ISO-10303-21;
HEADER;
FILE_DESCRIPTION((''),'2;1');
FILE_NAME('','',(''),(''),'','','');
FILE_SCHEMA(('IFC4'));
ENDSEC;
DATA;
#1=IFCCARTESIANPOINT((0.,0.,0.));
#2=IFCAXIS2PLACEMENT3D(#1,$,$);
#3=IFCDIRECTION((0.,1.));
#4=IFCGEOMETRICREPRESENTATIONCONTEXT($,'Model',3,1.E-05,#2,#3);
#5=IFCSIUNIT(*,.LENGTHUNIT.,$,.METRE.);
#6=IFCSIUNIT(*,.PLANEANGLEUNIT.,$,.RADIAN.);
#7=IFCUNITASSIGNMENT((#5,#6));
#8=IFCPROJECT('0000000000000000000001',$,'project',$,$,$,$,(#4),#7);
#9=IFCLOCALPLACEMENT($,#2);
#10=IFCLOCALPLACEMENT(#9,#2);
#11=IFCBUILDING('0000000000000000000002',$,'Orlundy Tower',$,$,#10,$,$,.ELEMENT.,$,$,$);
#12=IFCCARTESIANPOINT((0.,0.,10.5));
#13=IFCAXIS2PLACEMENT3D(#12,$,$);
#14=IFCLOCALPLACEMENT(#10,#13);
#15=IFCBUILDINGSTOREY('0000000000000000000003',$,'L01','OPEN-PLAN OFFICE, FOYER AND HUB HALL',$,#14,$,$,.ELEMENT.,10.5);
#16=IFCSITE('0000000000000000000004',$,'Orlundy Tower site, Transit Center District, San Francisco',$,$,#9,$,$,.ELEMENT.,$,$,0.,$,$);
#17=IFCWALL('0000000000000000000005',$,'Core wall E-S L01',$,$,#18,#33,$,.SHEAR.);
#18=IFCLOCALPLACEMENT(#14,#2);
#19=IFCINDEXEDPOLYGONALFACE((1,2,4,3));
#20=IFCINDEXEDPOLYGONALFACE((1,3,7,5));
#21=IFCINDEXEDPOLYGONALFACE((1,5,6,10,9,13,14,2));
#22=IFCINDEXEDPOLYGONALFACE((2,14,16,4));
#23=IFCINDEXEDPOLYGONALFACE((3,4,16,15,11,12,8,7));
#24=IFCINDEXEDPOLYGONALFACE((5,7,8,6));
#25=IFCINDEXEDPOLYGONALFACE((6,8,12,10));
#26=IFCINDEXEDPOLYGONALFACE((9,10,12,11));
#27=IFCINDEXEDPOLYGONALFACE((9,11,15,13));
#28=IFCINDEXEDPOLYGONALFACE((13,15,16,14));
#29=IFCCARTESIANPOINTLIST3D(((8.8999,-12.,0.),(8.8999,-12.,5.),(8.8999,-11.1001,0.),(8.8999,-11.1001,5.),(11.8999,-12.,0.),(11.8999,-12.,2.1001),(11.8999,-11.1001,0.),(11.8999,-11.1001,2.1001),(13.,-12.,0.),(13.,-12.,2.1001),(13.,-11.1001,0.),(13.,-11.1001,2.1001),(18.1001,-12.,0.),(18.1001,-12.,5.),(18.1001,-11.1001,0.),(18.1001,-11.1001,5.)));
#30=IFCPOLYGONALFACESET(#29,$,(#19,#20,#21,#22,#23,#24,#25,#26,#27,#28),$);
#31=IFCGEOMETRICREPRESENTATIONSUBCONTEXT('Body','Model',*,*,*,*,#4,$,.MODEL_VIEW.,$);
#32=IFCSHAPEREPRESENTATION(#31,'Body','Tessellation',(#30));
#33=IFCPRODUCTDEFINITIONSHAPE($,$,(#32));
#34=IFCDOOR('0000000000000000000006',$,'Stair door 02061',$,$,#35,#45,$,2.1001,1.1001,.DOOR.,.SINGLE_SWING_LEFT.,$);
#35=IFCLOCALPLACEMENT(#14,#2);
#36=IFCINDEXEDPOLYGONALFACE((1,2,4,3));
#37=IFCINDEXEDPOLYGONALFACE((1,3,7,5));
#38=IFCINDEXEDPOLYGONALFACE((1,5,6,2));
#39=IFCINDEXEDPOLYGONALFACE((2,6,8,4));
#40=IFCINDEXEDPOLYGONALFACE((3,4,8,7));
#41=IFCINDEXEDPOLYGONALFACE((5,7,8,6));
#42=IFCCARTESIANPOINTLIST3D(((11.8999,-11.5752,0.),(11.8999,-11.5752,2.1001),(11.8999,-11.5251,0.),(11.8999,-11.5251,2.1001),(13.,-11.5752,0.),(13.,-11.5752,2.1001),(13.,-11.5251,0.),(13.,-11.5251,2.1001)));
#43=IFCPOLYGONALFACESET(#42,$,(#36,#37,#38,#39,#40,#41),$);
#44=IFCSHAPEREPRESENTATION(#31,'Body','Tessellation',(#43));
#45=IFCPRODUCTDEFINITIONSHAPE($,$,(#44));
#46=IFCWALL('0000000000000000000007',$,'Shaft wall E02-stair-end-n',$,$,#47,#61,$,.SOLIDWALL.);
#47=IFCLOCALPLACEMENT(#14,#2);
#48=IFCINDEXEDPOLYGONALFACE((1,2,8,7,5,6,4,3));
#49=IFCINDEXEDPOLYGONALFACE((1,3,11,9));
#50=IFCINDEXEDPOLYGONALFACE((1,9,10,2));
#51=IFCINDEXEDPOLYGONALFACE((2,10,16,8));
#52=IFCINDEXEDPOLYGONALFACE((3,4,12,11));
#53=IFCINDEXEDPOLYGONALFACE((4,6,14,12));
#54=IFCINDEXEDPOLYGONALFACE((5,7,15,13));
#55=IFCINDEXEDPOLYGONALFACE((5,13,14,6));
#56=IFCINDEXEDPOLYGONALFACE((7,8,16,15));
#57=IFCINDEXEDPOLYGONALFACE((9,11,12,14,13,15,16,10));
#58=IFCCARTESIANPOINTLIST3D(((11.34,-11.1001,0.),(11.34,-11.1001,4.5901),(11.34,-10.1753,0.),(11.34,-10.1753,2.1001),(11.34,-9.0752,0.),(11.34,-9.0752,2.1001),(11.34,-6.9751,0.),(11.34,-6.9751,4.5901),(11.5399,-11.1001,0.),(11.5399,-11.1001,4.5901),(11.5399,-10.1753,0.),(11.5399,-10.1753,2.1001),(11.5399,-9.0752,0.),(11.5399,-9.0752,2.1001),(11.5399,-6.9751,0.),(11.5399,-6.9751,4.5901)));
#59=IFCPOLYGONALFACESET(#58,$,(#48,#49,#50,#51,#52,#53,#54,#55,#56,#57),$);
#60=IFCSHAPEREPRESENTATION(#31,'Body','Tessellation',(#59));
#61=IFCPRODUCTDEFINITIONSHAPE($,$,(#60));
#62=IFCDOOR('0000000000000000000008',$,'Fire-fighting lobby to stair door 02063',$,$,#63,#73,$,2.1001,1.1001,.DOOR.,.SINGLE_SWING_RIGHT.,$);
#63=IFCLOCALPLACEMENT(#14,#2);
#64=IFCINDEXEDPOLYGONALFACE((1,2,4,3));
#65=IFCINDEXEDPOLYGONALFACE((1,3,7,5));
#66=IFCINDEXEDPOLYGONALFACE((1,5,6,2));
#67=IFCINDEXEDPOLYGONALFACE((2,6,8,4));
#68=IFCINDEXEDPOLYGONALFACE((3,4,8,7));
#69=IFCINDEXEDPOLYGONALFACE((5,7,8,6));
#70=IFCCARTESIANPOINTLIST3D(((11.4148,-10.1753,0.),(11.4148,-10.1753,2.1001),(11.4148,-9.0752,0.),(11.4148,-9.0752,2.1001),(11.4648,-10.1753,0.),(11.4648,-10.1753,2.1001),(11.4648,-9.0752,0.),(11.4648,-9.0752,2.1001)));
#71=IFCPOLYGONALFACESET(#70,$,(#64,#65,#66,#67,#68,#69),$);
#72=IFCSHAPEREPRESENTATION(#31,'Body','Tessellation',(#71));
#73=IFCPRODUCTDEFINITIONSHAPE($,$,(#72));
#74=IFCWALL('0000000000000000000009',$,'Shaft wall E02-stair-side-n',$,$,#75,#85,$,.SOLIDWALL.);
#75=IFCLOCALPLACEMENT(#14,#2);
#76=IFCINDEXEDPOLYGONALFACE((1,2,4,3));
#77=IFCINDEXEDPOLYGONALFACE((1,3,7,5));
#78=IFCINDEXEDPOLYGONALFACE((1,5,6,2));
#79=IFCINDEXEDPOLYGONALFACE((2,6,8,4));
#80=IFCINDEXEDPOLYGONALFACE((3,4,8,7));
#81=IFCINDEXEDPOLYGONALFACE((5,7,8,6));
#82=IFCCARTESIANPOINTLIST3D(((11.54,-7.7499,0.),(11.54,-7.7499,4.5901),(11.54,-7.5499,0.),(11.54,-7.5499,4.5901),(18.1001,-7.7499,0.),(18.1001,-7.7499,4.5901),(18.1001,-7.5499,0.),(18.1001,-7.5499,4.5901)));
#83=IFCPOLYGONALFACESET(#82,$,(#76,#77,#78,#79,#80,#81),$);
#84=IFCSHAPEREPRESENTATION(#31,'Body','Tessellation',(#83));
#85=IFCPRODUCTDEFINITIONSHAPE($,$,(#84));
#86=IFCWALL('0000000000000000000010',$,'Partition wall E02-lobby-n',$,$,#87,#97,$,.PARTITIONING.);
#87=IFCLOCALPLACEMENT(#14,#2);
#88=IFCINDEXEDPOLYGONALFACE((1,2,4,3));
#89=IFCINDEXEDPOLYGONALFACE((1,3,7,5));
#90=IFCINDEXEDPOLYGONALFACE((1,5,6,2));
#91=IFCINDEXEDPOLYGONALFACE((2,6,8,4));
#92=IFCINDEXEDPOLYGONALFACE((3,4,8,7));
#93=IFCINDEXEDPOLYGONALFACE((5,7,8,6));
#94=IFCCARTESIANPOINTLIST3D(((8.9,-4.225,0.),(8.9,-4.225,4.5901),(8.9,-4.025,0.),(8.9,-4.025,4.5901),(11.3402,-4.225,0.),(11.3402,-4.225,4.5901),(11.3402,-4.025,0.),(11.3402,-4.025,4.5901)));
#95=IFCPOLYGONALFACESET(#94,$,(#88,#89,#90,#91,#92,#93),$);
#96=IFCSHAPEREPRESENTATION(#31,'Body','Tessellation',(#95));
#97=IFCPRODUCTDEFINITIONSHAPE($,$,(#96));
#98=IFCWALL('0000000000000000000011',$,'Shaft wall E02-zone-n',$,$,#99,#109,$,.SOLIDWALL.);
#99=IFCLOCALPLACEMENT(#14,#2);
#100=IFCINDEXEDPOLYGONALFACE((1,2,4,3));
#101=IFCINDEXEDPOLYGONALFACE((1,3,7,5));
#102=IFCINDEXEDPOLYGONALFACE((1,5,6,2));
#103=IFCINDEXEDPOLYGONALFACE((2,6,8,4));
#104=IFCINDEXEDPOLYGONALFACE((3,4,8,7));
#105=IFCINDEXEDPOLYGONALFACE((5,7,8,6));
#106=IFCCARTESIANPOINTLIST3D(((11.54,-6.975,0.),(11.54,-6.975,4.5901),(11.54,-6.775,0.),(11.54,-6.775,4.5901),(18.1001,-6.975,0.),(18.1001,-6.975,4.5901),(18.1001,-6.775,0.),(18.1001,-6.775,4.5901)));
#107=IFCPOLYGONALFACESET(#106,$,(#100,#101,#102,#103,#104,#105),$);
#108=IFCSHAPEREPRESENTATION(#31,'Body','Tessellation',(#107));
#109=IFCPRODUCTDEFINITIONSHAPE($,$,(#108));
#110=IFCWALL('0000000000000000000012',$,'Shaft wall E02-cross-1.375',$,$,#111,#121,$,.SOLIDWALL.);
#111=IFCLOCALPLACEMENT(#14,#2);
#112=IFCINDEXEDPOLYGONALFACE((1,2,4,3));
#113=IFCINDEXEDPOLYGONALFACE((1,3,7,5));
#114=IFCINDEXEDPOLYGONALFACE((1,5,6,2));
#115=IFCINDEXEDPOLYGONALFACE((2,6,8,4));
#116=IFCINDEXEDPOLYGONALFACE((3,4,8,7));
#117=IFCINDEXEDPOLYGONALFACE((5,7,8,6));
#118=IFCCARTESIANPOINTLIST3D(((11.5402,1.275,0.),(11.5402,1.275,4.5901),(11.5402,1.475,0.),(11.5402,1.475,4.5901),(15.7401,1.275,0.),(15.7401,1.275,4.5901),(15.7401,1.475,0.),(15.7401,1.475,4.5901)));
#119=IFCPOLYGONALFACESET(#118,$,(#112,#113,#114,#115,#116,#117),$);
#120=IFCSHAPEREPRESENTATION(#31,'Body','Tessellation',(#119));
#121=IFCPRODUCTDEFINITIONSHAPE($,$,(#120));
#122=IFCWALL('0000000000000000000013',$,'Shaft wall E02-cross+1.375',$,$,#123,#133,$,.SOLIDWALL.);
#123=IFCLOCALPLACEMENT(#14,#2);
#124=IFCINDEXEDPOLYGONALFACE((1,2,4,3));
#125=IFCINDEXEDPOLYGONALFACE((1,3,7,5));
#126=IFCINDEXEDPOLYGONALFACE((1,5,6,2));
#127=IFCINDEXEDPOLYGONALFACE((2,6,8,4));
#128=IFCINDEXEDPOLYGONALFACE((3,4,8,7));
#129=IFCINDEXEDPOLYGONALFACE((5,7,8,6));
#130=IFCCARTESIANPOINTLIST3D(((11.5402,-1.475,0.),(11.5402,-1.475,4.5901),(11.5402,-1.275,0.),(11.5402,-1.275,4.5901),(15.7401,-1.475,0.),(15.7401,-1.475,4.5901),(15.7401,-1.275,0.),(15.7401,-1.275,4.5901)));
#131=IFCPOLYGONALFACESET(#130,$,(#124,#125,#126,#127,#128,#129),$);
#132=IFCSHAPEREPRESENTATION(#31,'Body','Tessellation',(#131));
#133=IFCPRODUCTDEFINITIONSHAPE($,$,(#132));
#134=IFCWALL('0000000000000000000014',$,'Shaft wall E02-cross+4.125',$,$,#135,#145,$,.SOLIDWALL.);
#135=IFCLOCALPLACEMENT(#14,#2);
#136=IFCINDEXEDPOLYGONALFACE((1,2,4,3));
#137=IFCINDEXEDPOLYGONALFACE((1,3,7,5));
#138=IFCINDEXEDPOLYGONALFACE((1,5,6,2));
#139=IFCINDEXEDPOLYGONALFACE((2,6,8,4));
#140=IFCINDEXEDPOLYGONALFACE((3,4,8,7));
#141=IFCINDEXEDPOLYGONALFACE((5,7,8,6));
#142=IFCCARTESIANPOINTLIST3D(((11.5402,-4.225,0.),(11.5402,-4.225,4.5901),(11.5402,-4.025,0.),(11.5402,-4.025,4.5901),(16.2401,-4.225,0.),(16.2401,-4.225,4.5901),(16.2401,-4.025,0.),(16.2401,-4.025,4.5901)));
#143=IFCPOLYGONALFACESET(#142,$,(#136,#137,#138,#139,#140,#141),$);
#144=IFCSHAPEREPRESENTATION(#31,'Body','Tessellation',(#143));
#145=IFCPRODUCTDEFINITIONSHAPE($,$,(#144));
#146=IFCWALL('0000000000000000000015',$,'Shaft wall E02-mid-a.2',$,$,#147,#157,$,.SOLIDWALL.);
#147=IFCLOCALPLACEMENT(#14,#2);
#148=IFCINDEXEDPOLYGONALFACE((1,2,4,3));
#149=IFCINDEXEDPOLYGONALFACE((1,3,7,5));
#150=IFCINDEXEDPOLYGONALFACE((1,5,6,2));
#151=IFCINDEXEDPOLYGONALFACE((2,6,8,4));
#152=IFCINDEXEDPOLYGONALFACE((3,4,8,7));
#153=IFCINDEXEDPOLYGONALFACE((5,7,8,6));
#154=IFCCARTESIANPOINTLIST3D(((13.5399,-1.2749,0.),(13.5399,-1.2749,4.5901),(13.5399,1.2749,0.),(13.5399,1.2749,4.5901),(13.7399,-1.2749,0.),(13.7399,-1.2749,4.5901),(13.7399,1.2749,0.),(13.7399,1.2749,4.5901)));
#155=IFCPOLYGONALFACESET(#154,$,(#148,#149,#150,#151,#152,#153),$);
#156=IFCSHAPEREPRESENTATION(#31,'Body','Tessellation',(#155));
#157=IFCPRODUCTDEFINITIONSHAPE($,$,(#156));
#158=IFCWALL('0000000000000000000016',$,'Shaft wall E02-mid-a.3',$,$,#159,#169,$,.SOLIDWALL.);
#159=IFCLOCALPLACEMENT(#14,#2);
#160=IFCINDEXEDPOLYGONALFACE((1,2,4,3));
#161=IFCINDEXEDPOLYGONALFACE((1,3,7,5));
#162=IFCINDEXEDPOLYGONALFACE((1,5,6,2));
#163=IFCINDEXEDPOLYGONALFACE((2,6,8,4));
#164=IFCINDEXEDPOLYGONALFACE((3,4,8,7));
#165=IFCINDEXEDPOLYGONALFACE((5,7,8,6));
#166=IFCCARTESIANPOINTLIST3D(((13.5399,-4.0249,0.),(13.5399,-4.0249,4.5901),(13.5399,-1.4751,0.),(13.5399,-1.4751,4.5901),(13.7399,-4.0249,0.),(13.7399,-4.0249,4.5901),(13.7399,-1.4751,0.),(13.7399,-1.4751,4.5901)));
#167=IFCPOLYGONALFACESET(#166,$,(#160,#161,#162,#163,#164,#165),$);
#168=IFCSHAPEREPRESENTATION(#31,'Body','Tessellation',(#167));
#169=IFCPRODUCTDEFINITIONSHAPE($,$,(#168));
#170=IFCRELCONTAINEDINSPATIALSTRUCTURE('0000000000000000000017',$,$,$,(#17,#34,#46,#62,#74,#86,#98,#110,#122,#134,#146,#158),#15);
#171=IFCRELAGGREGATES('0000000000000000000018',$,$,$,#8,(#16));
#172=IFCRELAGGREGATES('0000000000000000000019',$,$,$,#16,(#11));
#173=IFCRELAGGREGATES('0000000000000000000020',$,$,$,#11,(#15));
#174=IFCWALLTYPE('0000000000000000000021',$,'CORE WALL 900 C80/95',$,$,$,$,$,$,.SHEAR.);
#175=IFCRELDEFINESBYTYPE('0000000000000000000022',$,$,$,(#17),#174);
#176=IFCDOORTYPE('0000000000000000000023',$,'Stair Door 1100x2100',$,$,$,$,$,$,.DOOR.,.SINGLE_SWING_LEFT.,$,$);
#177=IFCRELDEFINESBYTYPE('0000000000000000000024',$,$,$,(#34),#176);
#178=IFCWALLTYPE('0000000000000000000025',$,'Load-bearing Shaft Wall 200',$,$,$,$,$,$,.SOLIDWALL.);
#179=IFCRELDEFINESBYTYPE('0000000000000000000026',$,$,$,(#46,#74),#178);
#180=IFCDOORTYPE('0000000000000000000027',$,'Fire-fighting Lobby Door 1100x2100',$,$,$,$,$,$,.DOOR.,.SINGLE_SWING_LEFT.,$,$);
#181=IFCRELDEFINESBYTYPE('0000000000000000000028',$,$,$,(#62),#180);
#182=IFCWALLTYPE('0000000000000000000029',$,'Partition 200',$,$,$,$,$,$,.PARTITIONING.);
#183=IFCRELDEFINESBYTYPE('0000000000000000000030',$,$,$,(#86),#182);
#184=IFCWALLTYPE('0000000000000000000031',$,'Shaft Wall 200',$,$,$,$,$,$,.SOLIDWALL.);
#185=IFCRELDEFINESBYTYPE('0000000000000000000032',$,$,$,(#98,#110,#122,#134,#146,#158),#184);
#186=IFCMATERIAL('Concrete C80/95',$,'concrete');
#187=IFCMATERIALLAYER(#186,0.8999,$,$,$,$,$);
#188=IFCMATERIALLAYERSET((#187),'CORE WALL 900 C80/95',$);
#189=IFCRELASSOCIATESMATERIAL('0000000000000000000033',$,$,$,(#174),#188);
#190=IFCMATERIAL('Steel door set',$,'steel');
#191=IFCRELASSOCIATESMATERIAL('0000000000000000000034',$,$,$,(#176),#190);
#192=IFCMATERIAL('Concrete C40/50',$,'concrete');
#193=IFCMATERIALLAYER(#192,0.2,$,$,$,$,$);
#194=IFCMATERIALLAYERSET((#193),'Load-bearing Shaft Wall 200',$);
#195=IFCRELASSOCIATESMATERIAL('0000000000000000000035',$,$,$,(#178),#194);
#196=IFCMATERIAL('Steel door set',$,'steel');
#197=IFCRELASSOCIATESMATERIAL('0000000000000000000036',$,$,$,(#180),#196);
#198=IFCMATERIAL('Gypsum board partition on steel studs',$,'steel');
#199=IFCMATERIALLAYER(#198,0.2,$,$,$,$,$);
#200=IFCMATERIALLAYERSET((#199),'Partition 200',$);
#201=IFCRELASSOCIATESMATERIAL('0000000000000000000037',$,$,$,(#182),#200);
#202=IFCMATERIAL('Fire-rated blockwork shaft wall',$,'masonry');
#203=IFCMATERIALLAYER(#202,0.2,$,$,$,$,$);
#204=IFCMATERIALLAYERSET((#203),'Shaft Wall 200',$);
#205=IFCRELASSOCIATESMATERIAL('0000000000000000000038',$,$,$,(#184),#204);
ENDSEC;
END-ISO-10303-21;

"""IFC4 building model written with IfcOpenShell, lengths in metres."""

from ifc_helpers import new_model, si_unit, direction, frame, frame_2d, origin, place, context, subcontext, project, spatial, rectangle, extrude, material, layer, layer_set, type_object, element, fill, save


model = new_model("IFC4")

# Units and contexts
model_context = context("Model", 3, precision=1e-05, world=origin(), true_north=direction((0.0, 1.0)))
body_context = subcontext(model_context, "Body", "Model", "MODEL_VIEW")
ifc_project = project(units=[si_unit("LENGTHUNIT", "METRE"), si_unit("PLANEANGLEUNIT", "RADIAN")], contexts=[model_context])

# Site, building, storey
site_placement = place(None, origin())
site = spatial("IfcSite", under=ifc_project, at=site_placement, Name="Orlundy Tower site, Transit Center District, San Francisco", CompositionType="ELEMENT", RefElevation=0.0)
building_placement = place(site_placement, origin())
building = spatial("IfcBuilding", under=site, at=building_placement, Name="Orlundy Tower", CompositionType="ELEMENT")
storey_placement = place(building_placement, frame((0.0, 0.0, 10.5)))
storey = spatial("IfcBuildingStorey", under=building, at=storey_placement, Name="L01", Description="OPEN-PLAN OFFICE, FOYER AND HUB HALL", CompositionType="ELEMENT", Elevation=10.5)

# Walls, openings, doors
ifc_material_1 = material(Name="Concrete C80/95", Category="concrete")
ifc_layer_1 = layer(ifc_material_1, 0.8999)
ifc_layer_set_1 = layer_set([ifc_layer_1], Name="CORE WALL 900 C80/95")
wall_type_1 = type_object("IfcWallType", Name="CORE WALL 900 C80/95", PredefinedType="SHEAR", material=ifc_layer_set_1)
wall_1_placement = place(storey_placement, frame((8.8999, -11.55, 0.0), z_axis=(0.0, 0.0, 1.0), x_axis=(1.0, 0.0, 0.0)))
wall_1 = element("IfcWall", 1, at=wall_1_placement, inside=storey, type_object=wall_type_1, Name="Core wall E-S L01", PredefinedType="SHEAR", context=body_context, shape_type="SweptSolid", body=[
    extrude(rectangle(XDim=9.2002, YDim=0.8999, at=frame_2d((4.6001, 0.0))), origin(), (0.0, 0.0, 1.0), 5.0),
])
opening_1_placement = place(wall_1_placement, frame((3.0, 0.0, 0.0)))
opening_1 = element("IfcOpeningElement", 2, at=opening_1_placement, cuts=wall_1, PredefinedType="OPENING", context=body_context, shape_type="SweptSolid", body=[
    extrude(rectangle(XDim=1.1001, YDim=2.1001, at=frame_2d((0.55, 1.05))), frame((0.0, 0.46, 0.0), z_axis=(0.0, -1.0, 0.0), x_axis=(1.0, 0.0, 0.0)), (0.0, 0.0, 1.0), 0.9199),
])
ifc_material_2 = material(Name="Steel door set", Category="steel")
door_type_1 = type_object("IfcDoorType", Name="Stair Door 1100x2100", OperationType="SINGLE_SWING_LEFT", PredefinedType="DOOR", material=ifc_material_2)
door_1_placement = place(opening_1_placement, origin())
door_1 = element("IfcDoor", 3, at=door_1_placement, inside=storey, type_object=door_type_1, Name="Stair door 02061", OperationType="SINGLE_SWING_LEFT", OverallHeight=2.1001, OverallWidth=1.1001, PredefinedType="DOOR", context=body_context, shape_type="SweptSolid", body=[
    extrude(rectangle(XDim=1.1001, YDim=2.1001, at=frame_2d((0.55, 1.05))), frame((0.0, 0.0249, 0.0), z_axis=(0.0, -1.0, 0.0), x_axis=(1.0, 0.0, 0.0)), (0.0, 0.0, 1.0), 0.05),
])
fill(opening_1, door_1)
ifc_material_3 = material(Name="Concrete C40/50", Category="concrete")
ifc_layer_2 = layer(ifc_material_3, 0.2)
ifc_layer_set_2 = layer_set([ifc_layer_2], Name="Load-bearing Shaft Wall 200")
wall_type_2 = type_object("IfcWallType", Name="Load-bearing Shaft Wall 200", PredefinedType="SOLIDWALL", material=ifc_layer_set_2)
wall_2_placement = place(storey_placement, frame((11.4399, -6.9751, 0.0), z_axis=(0.0, 0.0, 1.0), x_axis=(0.0, -1.0, 0.0)))
wall_2 = element("IfcWall", 4, at=wall_2_placement, inside=storey, type_object=wall_type_2, Name="Shaft wall E02-stair-end-n", PredefinedType="SOLIDWALL", context=body_context, shape_type="SweptSolid", body=[
    extrude(rectangle(XDim=4.125, YDim=0.2, at=frame_2d((2.0625, 0.0))), origin(), (0.0, 0.0, 1.0), 4.5901),
])
opening_2_placement = place(wall_2_placement, frame((2.1001, 0.0, 0.0)))
opening_2 = element("IfcOpeningElement", 5, at=opening_2_placement, cuts=wall_2, PredefinedType="OPENING", context=body_context, shape_type="SweptSolid", body=[
    extrude(rectangle(XDim=1.1001, YDim=2.1001, at=frame_2d((0.55, 1.05))), frame((0.0, 0.1101, 0.0), z_axis=(0.0, -1.0, 0.0), x_axis=(1.0, 0.0, 0.0)), (0.0, 0.0, 1.0), 0.2202),
])
ifc_material_4 = material(Name="Steel door set", Category="steel")
door_type_2 = type_object("IfcDoorType", Name="Fire-fighting Lobby Door 1100x2100", OperationType="SINGLE_SWING_LEFT", PredefinedType="DOOR", material=ifc_material_4)
door_2_placement = place(opening_2_placement, origin())
door_2 = element("IfcDoor", 6, at=door_2_placement, inside=storey, type_object=door_type_2, Name="Fire-fighting lobby to stair door 02063", OperationType="SINGLE_SWING_RIGHT", OverallHeight=2.1001, OverallWidth=1.1001, PredefinedType="DOOR", context=body_context, shape_type="SweptSolid", body=[
    extrude(rectangle(XDim=1.1001, YDim=2.1001, at=frame_2d((0.55, 1.05))), frame((0.0, 0.0249, 0.0), z_axis=(0.0, -1.0, 0.0), x_axis=(1.0, 0.0, 0.0)), (0.0, 0.0, 1.0), 0.05),
])
fill(opening_2, door_2)

# Walls
wall_3_placement = place(storey_placement, frame((11.54, -7.6499, 0.0), z_axis=(0.0, 0.0, 1.0), x_axis=(1.0, 0.0, 0.0)))
element("IfcWall", 7, at=wall_3_placement, inside=storey, type_object=wall_type_2, Name="Shaft wall E02-stair-side-n", PredefinedType="SOLIDWALL", context=body_context, shape_type="SweptSolid", body=[
    extrude(rectangle(XDim=6.5601, YDim=0.2, at=frame_2d((3.28, 0.0))), origin(), (0.0, 0.0, 1.0), 4.5901),
])
ifc_material_5 = material(Name="Gypsum board partition on steel studs", Category="steel")
ifc_layer_3 = layer(ifc_material_5, 0.2)
ifc_layer_set_3 = layer_set([ifc_layer_3], Name="Partition 200")
wall_type_3 = type_object("IfcWallType", Name="Partition 200", PredefinedType="PARTITIONING", material=ifc_layer_set_3)
wall_4_placement = place(storey_placement, frame((8.8999, -4.125, 0.0), z_axis=(0.0, 0.0, 1.0), x_axis=(1.0, 0.0, 0.0)))
element("IfcWall", 8, at=wall_4_placement, inside=storey, type_object=wall_type_3, Name="Partition wall E02-lobby-n", PredefinedType="PARTITIONING", context=body_context, shape_type="SweptSolid", body=[
    extrude(rectangle(XDim=2.4402, YDim=0.2, at=frame_2d((1.2202, 0.0))), origin(), (0.0, 0.0, 1.0), 4.5901),
])
ifc_material_6 = material(Name="Fire-rated blockwork shaft wall", Category="masonry")
ifc_layer_4 = layer(ifc_material_6, 0.2)
ifc_layer_set_4 = layer_set([ifc_layer_4], Name="Shaft Wall 200")
wall_type_4 = type_object("IfcWallType", Name="Shaft Wall 200", PredefinedType="SOLIDWALL", material=ifc_layer_set_4)
wall_5_placement = place(storey_placement, frame((11.54, -6.875, 0.0), z_axis=(0.0, 0.0, 1.0), x_axis=(1.0, 0.0, 0.0)))
element("IfcWall", 9, at=wall_5_placement, inside=storey, type_object=wall_type_4, Name="Shaft wall E02-zone-n", PredefinedType="SOLIDWALL", context=body_context, shape_type="SweptSolid", body=[
    extrude(rectangle(XDim=6.5601, YDim=0.2, at=frame_2d((3.28, 0.0))), origin(), (0.0, 0.0, 1.0), 4.5901),
])
for number, where, z_axis, x_axis, name in (
    (10, (11.54, 1.375, 0.0), (0.0, 0.0, 1.0), (1.0, 0.0, 0.0), "Shaft wall E02-cross-1.375"),
    (11, (11.54, -1.375, 0.0), (0.0, 0.0, 1.0), (1.0, 0.0, 0.0), "Shaft wall E02-cross+1.375"),
):
    element("IfcWall", number, at=place(storey_placement, frame(where, z_axis=z_axis, x_axis=x_axis)), inside=storey, type_object=wall_type_4, Name=name, PredefinedType="SOLIDWALL", context=body_context, shape_type="SweptSolid", body=[
        extrude(rectangle(XDim=4.2, YDim=0.2, at=frame_2d((2.1001, 0.0))), origin(), (0.0, 0.0, 1.0), 4.5901),
    ])
wall_6_placement = place(storey_placement, frame((11.54, -4.125, 0.0), z_axis=(0.0, 0.0, 1.0), x_axis=(1.0, 0.0, 0.0)))
element("IfcWall", 12, at=wall_6_placement, inside=storey, type_object=wall_type_4, Name="Shaft wall E02-cross+4.125", PredefinedType="SOLIDWALL", context=body_context, shape_type="SweptSolid", body=[
    extrude(rectangle(XDim=4.7, YDim=0.2, at=frame_2d((2.3501, 0.0))), origin(), (0.0, 0.0, 1.0), 4.5901),
])
for number, where, z_axis, x_axis, name in (
    (13, (13.6399, 1.2749, 0.0), (0.0, 0.0, 1.0), (0.0, -1.0, 0.0), "Shaft wall E02-mid-a.2"),
    (14, (13.6399, -1.4751, 0.0), (0.0, 0.0, 1.0), (0.0, -1.0, 0.0), "Shaft wall E02-mid-a.3"),
):
    element("IfcWall", number, at=place(storey_placement, frame(where, z_axis=z_axis, x_axis=x_axis)), inside=storey, type_object=wall_type_4, Name=name, PredefinedType="SOLIDWALL", context=body_context, shape_type="SweptSolid", body=[
        extrude(rectangle(XDim=2.5498, YDim=0.2, at=frame_2d((1.2749, 0.0))), origin(), (0.0, 0.0, 1.0), 4.5901),
    ])

save(model, "model.ifc")
